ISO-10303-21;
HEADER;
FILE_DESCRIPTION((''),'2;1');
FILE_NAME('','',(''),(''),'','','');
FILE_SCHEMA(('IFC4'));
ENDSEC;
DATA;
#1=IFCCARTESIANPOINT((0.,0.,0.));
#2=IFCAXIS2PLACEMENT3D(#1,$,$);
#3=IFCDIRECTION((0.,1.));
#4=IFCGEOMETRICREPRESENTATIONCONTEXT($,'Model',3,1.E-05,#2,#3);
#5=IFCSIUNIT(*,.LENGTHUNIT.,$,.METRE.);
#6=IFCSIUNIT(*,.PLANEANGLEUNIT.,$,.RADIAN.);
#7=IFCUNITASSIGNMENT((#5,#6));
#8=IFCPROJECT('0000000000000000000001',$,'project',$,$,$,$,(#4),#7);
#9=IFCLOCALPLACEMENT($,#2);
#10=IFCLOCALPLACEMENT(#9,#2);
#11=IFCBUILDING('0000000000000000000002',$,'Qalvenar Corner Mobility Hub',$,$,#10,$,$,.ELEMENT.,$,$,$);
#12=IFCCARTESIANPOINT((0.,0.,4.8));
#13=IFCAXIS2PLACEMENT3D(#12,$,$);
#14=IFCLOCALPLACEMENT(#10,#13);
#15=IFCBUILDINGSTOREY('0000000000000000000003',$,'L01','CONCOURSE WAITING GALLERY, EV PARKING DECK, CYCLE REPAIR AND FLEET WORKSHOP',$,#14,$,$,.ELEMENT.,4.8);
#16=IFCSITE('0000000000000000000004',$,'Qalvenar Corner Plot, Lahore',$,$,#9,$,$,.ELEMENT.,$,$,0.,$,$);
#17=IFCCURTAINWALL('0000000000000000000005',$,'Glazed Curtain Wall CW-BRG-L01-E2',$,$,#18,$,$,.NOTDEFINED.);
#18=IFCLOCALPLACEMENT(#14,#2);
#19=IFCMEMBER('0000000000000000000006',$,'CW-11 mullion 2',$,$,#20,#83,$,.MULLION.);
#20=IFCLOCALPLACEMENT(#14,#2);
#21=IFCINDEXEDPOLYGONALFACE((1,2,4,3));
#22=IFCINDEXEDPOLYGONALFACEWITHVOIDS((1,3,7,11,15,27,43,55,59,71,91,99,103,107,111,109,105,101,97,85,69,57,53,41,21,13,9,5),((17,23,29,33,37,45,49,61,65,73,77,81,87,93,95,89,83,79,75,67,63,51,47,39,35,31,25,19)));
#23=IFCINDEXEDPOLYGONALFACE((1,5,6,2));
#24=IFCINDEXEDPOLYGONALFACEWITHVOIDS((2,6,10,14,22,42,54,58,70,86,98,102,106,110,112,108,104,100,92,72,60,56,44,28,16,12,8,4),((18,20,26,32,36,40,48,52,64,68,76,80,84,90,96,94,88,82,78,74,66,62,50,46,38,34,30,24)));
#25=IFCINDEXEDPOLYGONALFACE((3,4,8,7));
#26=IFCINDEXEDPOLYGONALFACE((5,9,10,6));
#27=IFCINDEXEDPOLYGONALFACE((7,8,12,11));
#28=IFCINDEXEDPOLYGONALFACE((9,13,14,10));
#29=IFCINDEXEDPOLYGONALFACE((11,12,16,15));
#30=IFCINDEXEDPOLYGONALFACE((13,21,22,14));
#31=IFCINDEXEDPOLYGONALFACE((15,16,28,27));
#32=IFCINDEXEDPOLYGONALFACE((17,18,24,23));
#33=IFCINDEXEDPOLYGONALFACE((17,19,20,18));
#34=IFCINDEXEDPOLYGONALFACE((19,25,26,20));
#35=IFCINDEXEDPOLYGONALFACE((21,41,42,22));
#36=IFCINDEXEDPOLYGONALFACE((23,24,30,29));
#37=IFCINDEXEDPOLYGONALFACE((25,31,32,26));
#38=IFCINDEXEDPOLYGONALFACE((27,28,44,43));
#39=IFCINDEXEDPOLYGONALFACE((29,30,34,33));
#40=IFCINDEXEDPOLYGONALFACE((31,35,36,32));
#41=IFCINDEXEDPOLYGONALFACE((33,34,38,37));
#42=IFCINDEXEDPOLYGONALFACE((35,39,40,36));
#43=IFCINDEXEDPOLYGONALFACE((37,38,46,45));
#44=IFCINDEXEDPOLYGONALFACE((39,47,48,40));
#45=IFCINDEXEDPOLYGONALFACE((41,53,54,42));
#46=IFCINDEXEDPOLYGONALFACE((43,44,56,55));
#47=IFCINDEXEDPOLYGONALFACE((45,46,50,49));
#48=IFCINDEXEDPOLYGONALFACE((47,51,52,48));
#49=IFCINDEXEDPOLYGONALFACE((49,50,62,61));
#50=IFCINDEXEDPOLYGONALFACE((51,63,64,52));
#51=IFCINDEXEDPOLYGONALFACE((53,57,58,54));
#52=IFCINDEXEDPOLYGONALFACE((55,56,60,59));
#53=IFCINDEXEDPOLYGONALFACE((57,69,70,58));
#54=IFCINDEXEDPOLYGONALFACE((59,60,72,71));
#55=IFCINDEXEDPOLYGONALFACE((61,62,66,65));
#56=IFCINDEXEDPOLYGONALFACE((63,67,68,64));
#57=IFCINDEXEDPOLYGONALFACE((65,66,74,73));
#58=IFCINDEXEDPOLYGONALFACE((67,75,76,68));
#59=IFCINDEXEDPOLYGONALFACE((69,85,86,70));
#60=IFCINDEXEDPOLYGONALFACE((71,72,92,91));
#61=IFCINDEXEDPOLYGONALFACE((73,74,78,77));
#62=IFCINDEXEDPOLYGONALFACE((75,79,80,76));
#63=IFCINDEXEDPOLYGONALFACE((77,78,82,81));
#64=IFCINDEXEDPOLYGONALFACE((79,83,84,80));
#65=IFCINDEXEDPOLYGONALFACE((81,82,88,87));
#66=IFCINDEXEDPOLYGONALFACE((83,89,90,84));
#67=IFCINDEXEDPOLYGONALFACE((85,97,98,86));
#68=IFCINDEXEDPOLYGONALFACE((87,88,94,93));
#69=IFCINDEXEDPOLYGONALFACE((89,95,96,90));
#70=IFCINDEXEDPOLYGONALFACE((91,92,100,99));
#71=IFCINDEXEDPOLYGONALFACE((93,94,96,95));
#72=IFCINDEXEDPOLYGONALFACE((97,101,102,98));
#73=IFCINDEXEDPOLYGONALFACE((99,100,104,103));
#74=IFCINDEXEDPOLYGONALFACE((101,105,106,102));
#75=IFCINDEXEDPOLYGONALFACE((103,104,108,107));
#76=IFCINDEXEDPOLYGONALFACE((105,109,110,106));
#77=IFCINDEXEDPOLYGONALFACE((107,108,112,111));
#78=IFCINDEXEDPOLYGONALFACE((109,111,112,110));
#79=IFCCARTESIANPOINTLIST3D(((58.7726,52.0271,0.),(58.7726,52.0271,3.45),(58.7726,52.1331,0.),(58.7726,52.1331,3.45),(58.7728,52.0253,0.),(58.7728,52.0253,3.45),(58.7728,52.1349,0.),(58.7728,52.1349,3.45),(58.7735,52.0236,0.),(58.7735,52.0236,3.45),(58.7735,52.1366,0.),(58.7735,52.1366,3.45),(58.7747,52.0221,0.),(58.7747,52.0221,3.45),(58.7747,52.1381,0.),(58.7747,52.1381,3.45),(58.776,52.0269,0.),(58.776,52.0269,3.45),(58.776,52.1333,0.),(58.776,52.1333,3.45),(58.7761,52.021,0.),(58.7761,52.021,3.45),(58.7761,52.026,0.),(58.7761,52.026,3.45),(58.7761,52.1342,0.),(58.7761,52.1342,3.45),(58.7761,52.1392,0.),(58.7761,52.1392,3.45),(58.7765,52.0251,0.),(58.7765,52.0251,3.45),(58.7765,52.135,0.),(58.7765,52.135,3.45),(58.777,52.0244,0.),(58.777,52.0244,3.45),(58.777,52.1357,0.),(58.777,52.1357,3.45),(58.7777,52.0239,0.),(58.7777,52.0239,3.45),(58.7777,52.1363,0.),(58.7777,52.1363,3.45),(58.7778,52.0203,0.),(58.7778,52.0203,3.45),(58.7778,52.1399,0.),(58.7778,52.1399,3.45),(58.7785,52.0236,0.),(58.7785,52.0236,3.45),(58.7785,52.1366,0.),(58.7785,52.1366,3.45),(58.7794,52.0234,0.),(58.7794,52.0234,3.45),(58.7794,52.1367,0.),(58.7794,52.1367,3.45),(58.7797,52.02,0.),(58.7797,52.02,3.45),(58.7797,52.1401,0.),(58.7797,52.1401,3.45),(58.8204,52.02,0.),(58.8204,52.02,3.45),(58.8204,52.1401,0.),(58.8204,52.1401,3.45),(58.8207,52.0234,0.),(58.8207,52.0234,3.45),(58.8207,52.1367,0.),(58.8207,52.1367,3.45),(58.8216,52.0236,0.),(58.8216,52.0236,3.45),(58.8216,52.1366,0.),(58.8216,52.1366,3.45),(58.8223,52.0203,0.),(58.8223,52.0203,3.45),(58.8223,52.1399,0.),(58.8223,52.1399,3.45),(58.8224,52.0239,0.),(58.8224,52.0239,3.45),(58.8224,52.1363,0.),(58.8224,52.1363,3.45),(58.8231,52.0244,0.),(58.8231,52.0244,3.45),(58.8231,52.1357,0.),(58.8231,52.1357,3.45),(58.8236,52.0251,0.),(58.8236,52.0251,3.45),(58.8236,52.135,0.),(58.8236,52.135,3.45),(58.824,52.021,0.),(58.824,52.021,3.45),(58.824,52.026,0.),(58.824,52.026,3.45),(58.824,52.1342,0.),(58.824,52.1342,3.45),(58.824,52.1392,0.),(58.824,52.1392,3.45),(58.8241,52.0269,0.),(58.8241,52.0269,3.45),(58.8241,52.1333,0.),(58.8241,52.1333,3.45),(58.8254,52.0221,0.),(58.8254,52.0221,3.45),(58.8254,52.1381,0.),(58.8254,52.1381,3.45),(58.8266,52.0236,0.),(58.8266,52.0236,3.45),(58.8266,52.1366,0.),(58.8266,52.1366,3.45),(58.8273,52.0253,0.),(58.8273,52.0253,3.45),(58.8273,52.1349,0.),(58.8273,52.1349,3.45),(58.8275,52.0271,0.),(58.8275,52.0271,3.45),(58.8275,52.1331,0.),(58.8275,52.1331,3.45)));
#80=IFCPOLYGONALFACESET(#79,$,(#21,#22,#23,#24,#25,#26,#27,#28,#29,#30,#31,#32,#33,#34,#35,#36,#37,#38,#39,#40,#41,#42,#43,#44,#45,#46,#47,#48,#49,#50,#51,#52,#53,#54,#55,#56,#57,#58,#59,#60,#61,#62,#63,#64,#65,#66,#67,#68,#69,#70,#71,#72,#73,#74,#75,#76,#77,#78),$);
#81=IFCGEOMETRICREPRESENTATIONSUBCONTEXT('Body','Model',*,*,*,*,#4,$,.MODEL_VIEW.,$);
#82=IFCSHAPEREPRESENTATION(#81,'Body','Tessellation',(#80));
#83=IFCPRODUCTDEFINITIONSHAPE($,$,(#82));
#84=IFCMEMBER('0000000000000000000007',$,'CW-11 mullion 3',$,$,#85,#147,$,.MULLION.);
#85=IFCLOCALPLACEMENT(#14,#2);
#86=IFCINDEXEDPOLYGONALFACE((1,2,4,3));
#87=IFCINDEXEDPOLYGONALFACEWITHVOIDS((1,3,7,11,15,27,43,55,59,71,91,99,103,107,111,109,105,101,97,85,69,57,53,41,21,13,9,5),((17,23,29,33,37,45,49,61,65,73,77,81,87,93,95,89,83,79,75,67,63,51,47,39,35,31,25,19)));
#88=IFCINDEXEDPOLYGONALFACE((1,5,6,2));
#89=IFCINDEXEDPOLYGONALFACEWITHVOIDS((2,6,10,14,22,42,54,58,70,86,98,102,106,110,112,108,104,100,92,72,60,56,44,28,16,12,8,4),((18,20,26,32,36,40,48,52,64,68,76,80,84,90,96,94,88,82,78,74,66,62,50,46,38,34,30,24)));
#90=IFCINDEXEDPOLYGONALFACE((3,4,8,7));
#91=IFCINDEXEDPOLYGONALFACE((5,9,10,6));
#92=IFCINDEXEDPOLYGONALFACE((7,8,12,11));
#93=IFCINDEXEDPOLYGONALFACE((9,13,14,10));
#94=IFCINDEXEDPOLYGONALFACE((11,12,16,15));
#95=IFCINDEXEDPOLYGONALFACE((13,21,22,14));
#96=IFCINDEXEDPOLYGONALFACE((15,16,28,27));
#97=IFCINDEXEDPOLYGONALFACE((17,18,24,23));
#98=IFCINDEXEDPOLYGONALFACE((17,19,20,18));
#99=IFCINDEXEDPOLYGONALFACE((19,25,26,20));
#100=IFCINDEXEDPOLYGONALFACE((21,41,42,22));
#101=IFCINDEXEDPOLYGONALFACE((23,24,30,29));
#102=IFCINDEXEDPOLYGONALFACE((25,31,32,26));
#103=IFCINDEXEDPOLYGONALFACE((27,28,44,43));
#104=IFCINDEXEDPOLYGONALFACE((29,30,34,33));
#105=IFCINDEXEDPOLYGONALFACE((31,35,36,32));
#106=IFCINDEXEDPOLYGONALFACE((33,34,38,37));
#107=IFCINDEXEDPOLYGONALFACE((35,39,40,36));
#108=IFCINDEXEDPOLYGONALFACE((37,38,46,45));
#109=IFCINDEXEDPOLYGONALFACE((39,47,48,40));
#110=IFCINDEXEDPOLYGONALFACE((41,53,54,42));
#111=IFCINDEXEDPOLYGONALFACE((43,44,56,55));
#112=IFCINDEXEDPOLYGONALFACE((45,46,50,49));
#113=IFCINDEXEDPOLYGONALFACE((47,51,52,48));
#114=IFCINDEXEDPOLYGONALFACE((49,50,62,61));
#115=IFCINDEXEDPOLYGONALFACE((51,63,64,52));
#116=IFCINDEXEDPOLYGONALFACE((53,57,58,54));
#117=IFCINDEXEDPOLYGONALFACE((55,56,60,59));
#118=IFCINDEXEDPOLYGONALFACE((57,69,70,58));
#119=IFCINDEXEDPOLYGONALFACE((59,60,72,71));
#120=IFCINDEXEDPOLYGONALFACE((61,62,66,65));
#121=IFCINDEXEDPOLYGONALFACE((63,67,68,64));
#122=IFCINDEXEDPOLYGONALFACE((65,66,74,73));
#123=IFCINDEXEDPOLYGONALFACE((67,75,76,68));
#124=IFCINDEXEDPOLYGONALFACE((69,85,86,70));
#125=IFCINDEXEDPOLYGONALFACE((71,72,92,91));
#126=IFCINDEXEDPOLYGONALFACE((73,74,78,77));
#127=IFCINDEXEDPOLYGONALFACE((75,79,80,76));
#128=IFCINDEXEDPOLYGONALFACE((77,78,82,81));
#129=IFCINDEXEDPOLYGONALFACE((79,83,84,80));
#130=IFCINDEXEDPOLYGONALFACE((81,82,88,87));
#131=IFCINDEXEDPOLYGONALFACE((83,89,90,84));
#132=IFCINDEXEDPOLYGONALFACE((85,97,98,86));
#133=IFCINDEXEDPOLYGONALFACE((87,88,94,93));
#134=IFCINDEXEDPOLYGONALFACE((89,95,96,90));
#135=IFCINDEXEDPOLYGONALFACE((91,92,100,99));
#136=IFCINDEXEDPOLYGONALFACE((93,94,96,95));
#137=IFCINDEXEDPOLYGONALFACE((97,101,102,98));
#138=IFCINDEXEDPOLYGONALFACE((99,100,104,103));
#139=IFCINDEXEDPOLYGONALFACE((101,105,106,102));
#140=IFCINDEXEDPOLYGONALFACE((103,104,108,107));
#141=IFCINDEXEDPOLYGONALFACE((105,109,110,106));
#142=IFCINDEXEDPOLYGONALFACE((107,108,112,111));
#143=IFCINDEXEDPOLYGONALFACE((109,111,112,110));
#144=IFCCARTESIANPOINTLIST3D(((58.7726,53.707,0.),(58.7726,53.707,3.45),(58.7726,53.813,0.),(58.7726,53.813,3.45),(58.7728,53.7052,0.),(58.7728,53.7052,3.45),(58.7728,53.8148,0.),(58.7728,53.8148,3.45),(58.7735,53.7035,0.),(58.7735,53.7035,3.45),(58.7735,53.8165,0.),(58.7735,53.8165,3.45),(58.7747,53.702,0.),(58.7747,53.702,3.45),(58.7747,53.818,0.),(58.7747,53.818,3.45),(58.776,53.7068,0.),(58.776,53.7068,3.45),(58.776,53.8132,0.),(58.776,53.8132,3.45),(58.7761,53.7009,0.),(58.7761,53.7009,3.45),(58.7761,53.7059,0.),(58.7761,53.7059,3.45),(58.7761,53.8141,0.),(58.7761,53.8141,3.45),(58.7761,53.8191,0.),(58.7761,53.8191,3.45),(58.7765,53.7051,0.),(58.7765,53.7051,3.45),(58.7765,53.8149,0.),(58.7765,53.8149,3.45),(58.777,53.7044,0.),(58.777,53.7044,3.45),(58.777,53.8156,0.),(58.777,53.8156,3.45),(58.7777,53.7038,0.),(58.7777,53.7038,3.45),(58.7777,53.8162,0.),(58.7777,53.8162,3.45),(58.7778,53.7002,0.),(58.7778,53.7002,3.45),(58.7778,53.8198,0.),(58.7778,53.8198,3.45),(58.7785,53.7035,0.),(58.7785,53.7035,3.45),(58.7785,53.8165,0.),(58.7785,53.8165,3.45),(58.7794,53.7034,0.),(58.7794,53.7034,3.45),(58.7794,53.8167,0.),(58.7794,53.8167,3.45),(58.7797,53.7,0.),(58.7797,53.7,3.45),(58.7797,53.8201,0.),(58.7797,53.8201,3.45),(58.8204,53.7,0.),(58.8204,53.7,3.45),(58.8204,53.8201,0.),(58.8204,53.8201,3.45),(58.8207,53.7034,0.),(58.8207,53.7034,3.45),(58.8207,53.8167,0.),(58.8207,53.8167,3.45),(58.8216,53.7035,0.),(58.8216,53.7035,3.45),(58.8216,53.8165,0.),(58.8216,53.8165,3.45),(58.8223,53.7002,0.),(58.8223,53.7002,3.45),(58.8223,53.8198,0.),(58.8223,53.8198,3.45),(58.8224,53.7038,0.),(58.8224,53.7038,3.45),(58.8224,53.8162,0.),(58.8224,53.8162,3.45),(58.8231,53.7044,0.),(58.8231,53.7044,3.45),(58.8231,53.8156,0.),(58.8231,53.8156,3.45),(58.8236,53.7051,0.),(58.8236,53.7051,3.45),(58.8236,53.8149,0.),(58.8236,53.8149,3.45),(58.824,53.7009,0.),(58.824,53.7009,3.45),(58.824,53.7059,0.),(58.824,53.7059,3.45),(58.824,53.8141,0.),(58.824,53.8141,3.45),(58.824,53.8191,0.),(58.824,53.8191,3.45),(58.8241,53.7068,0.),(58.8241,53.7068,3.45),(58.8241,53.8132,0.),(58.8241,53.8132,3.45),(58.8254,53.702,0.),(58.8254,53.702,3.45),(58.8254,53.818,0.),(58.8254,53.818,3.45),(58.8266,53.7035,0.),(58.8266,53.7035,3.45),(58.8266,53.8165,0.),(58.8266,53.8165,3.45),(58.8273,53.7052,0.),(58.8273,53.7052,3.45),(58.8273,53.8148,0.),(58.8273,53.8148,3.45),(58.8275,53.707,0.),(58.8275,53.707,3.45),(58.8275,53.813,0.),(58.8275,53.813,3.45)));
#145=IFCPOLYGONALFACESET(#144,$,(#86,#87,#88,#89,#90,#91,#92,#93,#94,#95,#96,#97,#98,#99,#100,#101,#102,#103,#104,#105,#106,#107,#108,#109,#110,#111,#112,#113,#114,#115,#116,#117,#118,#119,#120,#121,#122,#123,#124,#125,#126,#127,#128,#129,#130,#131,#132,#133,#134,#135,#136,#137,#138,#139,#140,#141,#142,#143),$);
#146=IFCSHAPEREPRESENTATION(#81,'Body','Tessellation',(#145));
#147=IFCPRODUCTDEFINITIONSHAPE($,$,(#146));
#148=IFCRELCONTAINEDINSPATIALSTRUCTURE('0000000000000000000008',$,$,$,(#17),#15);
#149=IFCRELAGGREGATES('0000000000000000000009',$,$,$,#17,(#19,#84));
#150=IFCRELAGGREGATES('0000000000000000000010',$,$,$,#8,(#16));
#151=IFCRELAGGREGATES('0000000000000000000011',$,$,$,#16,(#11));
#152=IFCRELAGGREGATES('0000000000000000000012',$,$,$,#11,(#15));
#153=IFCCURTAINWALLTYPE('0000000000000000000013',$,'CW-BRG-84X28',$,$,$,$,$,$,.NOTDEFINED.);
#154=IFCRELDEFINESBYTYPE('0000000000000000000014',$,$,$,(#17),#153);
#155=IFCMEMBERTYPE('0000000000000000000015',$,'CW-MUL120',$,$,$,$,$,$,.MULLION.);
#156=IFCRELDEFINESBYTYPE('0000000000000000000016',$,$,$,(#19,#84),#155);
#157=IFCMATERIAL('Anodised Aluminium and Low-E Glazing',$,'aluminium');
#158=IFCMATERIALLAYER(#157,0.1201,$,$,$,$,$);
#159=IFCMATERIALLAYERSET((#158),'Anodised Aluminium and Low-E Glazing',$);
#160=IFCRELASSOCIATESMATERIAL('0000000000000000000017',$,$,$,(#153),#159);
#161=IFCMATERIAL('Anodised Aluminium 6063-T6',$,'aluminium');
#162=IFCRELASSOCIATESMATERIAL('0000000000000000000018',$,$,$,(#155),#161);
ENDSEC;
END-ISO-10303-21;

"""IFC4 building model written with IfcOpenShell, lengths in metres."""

from ifc_helpers import new_model, si_unit, direction, frame, origin, origin_2d, place, context, subcontext, project, spatial, hollow_rectangle, extrude, material, layer, layer_set, material_profile, profile_set, type_object, element, aggregate, save


model = new_model("IFC4")

# Units and contexts
model_context = context("Model", 3, precision=1e-05, world=origin(), true_north=direction((0.0, 1.0)))
body_context = subcontext(model_context, "Body", "Model", "MODEL_VIEW")
ifc_project = project(units=[si_unit("LENGTHUNIT", "METRE"), si_unit("PLANEANGLEUNIT", "RADIAN")], contexts=[model_context])

# Site, building, storey
site_placement = place(None, origin())
site = spatial("IfcSite", under=ifc_project, at=site_placement, Name="Qalvenar Corner Plot, Lahore", CompositionType="ELEMENT", RefElevation=0.0)
building_placement = place(site_placement, origin())
building = spatial("IfcBuilding", under=site, at=building_placement, Name="Qalvenar Corner Mobility Hub", CompositionType="ELEMENT")
storey_placement = place(building_placement, frame((0.0, 0.0, 4.8)))
storey = spatial("IfcBuildingStorey", under=building, at=storey_placement, Name="L01", Description="CONCOURSE WAITING GALLERY, EV PARKING DECK, CYCLE REPAIR AND FLEET WORKSHOP", CompositionType="ELEMENT", Elevation=4.8)

# Curtain wall, members
ifc_material_1 = material(Name="Anodised Aluminium and Low-E Glazing", Category="aluminium")
ifc_layer_1 = layer(ifc_material_1, 0.1201)
ifc_layer_set_1 = layer_set([ifc_layer_1], Name="Anodised Aluminium and Low-E Glazing")
curtain_wall_type = type_object("IfcCurtainWallType", Name="CW-BRG-84X28", PredefinedType="NOTDEFINED", material=ifc_layer_set_1)
curtain_wall_placement = place(storey_placement, origin())
curtain_wall = element("IfcCurtainWall", 1, at=curtain_wall_placement, inside=storey, type_object=curtain_wall_type, Name="Glazed Curtain Wall CW-BRG-L01-E2", PredefinedType="NOTDEFINED")
ifc_material_2 = material(Name="Anodised Aluminium 6063-T6", Category="aluminium")
ifc_material_profile_1 = material_profile(ifc_material_2, hollow_rectangle(XDim=0.0549, YDim=0.1201, WallThickness=0.0034, InnerFilletRadius=0.0034, OuterFilletRadius=0.0071, at=origin_2d()), Name="RHS120x55x3.5")
ifc_profile_set_1 = profile_set([ifc_material_profile_1], Name="Anodised Aluminium 6063-T6")
member_type_1 = type_object("IfcMemberType", Name="CW-MUL120", PredefinedType="MULLION", material=ifc_profile_set_1)
member_1_placement = place(storey_placement, frame((58.8, 52.0801, 0.0), z_axis=(0.0, 0.0, 1.0), x_axis=(-1.0, 0.0, 0.0)))
member_1 = element("IfcMember", 2, at=member_1_placement, type_object=member_type_1, Name="CW-11 mullion 2", PredefinedType="MULLION", context=body_context, shape_type="SweptSolid", body=[
    extrude(hollow_rectangle(XDim=0.0549, YDim=0.1201, WallThickness=0.0034, InnerFilletRadius=0.0034, OuterFilletRadius=0.0071, at=origin_2d()), origin(), (0.0, 0.0, 1.0), 3.45),
])
member_2_placement = place(storey_placement, frame((58.8, 53.76, 0.0), z_axis=(0.0, 0.0, 1.0), x_axis=(-1.0, 0.0, 0.0)))
member_2 = element("IfcMember", 3, at=member_2_placement, type_object=member_type_1, Name="CW-11 mullion 3", PredefinedType="MULLION", context=body_context, shape_type="SweptSolid", body=[
    extrude(hollow_rectangle(XDim=0.0549, YDim=0.1201, WallThickness=0.0034, InnerFilletRadius=0.0034, OuterFilletRadius=0.0071, at=origin_2d()), origin(), (0.0, 0.0, 1.0), 3.45),
])
aggregate(curtain_wall, [member_1, member_2])

save(model, "model.ifc")
